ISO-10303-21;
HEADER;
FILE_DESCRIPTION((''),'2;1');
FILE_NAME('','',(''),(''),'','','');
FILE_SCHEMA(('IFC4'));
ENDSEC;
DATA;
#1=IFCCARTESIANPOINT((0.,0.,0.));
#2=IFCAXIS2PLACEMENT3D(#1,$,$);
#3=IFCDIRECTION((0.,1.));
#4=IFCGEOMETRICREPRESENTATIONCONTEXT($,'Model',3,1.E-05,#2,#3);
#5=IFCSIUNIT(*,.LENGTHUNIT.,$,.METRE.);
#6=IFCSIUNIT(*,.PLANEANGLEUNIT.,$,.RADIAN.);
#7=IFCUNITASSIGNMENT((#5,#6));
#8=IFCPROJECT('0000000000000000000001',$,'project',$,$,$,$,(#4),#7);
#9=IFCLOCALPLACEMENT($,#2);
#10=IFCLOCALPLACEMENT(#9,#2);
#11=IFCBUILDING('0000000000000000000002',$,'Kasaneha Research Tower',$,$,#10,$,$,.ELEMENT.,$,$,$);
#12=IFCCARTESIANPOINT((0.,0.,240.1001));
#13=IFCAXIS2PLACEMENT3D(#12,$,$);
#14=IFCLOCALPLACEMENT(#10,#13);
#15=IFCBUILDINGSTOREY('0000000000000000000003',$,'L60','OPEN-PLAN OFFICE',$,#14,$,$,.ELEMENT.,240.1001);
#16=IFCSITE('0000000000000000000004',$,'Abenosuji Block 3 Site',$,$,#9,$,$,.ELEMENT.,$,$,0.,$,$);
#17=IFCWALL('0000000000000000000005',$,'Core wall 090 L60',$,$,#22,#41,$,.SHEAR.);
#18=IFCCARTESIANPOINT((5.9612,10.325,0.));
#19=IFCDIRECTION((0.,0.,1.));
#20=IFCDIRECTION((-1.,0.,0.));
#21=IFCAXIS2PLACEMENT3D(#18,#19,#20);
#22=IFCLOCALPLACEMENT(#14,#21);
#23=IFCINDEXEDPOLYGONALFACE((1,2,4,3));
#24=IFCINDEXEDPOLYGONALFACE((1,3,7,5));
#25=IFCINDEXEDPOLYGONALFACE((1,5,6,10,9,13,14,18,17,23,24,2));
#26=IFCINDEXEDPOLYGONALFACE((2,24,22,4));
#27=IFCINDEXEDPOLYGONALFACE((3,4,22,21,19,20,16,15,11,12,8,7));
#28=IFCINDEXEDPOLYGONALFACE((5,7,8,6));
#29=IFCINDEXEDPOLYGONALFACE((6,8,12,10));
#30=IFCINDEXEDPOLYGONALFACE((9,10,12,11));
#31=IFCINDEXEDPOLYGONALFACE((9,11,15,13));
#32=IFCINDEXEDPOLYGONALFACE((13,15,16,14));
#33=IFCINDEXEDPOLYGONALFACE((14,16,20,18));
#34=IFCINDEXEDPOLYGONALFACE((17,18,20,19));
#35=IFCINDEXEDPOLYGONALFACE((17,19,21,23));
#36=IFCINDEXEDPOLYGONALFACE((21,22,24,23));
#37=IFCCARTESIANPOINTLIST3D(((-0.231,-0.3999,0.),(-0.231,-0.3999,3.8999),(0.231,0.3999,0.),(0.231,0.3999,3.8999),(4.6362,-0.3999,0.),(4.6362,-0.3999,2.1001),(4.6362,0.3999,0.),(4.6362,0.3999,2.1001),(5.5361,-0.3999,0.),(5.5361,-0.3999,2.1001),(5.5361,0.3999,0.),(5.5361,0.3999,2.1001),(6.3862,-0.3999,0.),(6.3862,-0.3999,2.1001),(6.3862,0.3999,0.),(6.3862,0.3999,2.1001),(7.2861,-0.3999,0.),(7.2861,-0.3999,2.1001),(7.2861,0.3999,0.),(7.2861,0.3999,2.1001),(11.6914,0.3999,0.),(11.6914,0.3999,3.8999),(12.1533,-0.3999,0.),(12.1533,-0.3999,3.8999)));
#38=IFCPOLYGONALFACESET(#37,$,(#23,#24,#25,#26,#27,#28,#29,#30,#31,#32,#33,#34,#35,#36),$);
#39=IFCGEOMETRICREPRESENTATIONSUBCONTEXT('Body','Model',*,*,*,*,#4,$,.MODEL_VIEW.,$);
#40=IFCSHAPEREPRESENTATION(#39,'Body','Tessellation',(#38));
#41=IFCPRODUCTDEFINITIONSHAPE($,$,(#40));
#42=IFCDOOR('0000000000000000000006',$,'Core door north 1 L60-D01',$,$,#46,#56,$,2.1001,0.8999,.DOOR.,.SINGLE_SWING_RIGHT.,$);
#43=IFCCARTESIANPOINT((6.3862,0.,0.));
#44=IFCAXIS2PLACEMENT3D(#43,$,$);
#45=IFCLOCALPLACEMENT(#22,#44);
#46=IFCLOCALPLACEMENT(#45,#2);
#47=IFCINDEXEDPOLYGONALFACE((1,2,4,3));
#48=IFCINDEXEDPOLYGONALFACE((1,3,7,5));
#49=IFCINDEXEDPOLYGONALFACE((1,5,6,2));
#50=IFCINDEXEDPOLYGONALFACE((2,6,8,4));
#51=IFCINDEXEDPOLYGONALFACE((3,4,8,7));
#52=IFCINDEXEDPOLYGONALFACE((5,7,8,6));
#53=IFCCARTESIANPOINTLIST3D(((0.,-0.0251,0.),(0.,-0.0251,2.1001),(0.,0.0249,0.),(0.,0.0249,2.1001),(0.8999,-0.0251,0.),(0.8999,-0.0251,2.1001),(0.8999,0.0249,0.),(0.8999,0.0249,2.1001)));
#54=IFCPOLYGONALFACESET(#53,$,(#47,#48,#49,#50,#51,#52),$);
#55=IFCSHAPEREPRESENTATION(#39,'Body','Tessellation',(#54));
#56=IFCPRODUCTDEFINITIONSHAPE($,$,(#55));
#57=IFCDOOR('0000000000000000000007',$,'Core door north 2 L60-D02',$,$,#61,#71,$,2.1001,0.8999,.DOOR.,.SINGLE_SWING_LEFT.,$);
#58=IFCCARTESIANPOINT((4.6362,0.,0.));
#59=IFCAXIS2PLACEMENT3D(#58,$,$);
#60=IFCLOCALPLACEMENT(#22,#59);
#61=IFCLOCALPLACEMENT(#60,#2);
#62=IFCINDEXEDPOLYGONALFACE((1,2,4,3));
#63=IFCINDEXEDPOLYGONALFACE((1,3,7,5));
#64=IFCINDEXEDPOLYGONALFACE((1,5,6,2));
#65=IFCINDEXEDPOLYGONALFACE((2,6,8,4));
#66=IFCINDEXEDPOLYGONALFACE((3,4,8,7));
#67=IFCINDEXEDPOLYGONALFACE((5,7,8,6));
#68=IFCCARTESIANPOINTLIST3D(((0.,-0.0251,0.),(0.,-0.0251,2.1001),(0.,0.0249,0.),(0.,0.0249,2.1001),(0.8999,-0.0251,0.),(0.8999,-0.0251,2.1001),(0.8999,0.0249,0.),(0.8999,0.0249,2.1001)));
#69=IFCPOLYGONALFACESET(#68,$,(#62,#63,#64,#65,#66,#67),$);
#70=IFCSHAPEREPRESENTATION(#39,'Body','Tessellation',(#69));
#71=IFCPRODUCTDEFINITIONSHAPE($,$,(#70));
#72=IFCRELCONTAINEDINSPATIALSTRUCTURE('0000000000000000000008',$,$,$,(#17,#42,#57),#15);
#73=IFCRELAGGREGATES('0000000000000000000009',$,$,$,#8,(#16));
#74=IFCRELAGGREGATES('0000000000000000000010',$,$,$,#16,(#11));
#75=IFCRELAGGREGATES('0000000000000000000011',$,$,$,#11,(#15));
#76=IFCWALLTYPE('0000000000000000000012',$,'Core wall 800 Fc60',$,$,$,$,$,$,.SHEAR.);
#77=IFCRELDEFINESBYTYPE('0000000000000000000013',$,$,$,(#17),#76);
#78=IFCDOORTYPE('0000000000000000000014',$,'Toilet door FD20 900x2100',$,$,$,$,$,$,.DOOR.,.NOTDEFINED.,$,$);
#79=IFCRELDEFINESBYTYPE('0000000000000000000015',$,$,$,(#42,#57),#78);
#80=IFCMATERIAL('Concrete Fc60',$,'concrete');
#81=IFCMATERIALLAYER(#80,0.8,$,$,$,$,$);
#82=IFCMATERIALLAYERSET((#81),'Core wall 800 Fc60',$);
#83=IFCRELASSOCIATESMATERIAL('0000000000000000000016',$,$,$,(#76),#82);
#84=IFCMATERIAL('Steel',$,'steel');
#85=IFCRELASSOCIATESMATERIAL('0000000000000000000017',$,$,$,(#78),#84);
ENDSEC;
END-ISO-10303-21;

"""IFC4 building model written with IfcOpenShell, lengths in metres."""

from ifc_helpers import new_model, si_unit, direction, frame, frame_2d, origin, place, context, subcontext, project, spatial, polyline, rectangle, outline, extrude, material, layer, layer_set, type_object, element, fill, save


model = new_model("IFC4")

# Units and contexts
model_context = context("Model", 3, precision=1e-05, world=origin(), true_north=direction((0.0, 1.0)))
body_context = subcontext(model_context, "Body", "Model", "MODEL_VIEW")
ifc_project = project(units=[si_unit("LENGTHUNIT", "METRE"), si_unit("PLANEANGLEUNIT", "RADIAN")], contexts=[model_context])

# Site, building, storey
site_placement = place(None, origin())
site = spatial("IfcSite", under=ifc_project, at=site_placement, Name="Abenosuji Block 3 Site", CompositionType="ELEMENT", RefElevation=0.0)
building_placement = place(site_placement, origin())
building = spatial("IfcBuilding", under=site, at=building_placement, Name="Kasaneha Research Tower", CompositionType="ELEMENT")
storey_placement = place(building_placement, frame((0.0, 0.0, 240.1001)))
storey = spatial("IfcBuildingStorey", under=building, at=storey_placement, Name="L60", Description="OPEN-PLAN OFFICE", CompositionType="ELEMENT", Elevation=240.1001)

# Wall, openings, doors
ifc_material_1 = material(Name="Concrete Fc60", Category="concrete")
ifc_layer_1 = layer(ifc_material_1, 0.8)
ifc_layer_set_1 = layer_set([ifc_layer_1], Name="Core wall 800 Fc60")
wall_type_1 = type_object("IfcWallType", Name="Core wall 800 Fc60", PredefinedType="SHEAR", material=ifc_layer_set_1)
wall_1_placement = place(storey_placement, frame((5.9612, 10.325, 0.0), z_axis=(0.0, 0.0, 1.0), x_axis=(-1.0, 0.0, 0.0)))
wall_1 = element("IfcWall", 1, at=wall_1_placement, inside=storey, type_object=wall_type_1, Name="Core wall 090 L60", PredefinedType="SHEAR", context=body_context, shape_type="SweptSolid", body=[
    extrude(outline(polyline([(-0.231, -0.3999), (4.6362, -0.3999), (5.5361, -0.3999), (6.3862, -0.3999), (7.2861, -0.3999), (12.1533, -0.3999), (11.6914, 0.3999), (7.2861, 0.3999), (6.3862, 0.3999), (5.5361, 0.3999), (4.6362, 0.3999), (0.231, 0.3999), (-0.231, -0.3999)])), origin(), (0.0, 0.0, 1.0), 3.8999),
])
opening_1_placement = place(wall_1_placement, frame((6.3862, 0.0, 0.0)))
opening_1 = element("IfcOpeningElement", 2, at=opening_1_placement, cuts=wall_1, PredefinedType="OPENING", context=body_context, shape_type="SweptSolid", body=[
    extrude(rectangle(XDim=0.8999, YDim=2.1001, at=frame_2d((0.45, 1.05))), frame((0.0, 0.4102, 0.0), z_axis=(0.0, -1.0, 0.0), x_axis=(1.0, 0.0, 0.0)), (0.0, 0.0, 1.0), 0.8201),
])
opening_2_placement = place(wall_1_placement, frame((4.6362, 0.0, 0.0)))
opening_2 = element("IfcOpeningElement", 3, at=opening_2_placement, cuts=wall_1, PredefinedType="OPENING", context=body_context, shape_type="SweptSolid", body=[
    extrude(rectangle(XDim=0.8999, YDim=2.1001, at=frame_2d((0.45, 1.05))), frame((0.0, 0.4102, 0.0), z_axis=(0.0, -1.0, 0.0), x_axis=(1.0, 0.0, 0.0)), (0.0, 0.0, 1.0), 0.8201),
])
ifc_material_2 = material(Name="Steel", Category="steel")
door_type_1 = type_object("IfcDoorType", Name="Toilet door FD20 900x2100", OperationType="NOTDEFINED", PredefinedType="DOOR", material=ifc_material_2)
door_1_placement = place(opening_1_placement, origin())
door_1 = element("IfcDoor", 4, at=door_1_placement, inside=storey, type_object=door_type_1, Name="Core door north 1 L60-D01", OperationType="SINGLE_SWING_RIGHT", OverallHeight=2.1001, OverallWidth=0.8999, PredefinedType="DOOR", context=body_context, shape_type="SweptSolid", body=[
    extrude(rectangle(XDim=0.8999, YDim=2.1001, at=frame_2d((0.45, 1.05))), frame((0.0, 0.0249, 0.0), z_axis=(0.0, -1.0, 0.0), x_axis=(1.0, 0.0, 0.0)), (0.0, 0.0, 1.0), 0.05),
])
fill(opening_1, door_1)
door_2_placement = place(opening_2_placement, origin())
door_2 = element("IfcDoor", 5, at=door_2_placement, inside=storey, type_object=door_type_1, Name="Core door north 2 L60-D02", OperationType="SINGLE_SWING_LEFT", OverallHeight=2.1001, OverallWidth=0.8999, PredefinedType="DOOR", context=body_context, shape_type="SweptSolid", body=[
    extrude(rectangle(XDim=0.8999, YDim=2.1001, at=frame_2d((0.45, 1.05))), frame((0.0, 0.0249, 0.0), z_axis=(0.0, -1.0, 0.0), x_axis=(1.0, 0.0, 0.0)), (0.0, 0.0, 1.0), 0.05),
])
fill(opening_2, door_2)

save(model, "model.ifc")
